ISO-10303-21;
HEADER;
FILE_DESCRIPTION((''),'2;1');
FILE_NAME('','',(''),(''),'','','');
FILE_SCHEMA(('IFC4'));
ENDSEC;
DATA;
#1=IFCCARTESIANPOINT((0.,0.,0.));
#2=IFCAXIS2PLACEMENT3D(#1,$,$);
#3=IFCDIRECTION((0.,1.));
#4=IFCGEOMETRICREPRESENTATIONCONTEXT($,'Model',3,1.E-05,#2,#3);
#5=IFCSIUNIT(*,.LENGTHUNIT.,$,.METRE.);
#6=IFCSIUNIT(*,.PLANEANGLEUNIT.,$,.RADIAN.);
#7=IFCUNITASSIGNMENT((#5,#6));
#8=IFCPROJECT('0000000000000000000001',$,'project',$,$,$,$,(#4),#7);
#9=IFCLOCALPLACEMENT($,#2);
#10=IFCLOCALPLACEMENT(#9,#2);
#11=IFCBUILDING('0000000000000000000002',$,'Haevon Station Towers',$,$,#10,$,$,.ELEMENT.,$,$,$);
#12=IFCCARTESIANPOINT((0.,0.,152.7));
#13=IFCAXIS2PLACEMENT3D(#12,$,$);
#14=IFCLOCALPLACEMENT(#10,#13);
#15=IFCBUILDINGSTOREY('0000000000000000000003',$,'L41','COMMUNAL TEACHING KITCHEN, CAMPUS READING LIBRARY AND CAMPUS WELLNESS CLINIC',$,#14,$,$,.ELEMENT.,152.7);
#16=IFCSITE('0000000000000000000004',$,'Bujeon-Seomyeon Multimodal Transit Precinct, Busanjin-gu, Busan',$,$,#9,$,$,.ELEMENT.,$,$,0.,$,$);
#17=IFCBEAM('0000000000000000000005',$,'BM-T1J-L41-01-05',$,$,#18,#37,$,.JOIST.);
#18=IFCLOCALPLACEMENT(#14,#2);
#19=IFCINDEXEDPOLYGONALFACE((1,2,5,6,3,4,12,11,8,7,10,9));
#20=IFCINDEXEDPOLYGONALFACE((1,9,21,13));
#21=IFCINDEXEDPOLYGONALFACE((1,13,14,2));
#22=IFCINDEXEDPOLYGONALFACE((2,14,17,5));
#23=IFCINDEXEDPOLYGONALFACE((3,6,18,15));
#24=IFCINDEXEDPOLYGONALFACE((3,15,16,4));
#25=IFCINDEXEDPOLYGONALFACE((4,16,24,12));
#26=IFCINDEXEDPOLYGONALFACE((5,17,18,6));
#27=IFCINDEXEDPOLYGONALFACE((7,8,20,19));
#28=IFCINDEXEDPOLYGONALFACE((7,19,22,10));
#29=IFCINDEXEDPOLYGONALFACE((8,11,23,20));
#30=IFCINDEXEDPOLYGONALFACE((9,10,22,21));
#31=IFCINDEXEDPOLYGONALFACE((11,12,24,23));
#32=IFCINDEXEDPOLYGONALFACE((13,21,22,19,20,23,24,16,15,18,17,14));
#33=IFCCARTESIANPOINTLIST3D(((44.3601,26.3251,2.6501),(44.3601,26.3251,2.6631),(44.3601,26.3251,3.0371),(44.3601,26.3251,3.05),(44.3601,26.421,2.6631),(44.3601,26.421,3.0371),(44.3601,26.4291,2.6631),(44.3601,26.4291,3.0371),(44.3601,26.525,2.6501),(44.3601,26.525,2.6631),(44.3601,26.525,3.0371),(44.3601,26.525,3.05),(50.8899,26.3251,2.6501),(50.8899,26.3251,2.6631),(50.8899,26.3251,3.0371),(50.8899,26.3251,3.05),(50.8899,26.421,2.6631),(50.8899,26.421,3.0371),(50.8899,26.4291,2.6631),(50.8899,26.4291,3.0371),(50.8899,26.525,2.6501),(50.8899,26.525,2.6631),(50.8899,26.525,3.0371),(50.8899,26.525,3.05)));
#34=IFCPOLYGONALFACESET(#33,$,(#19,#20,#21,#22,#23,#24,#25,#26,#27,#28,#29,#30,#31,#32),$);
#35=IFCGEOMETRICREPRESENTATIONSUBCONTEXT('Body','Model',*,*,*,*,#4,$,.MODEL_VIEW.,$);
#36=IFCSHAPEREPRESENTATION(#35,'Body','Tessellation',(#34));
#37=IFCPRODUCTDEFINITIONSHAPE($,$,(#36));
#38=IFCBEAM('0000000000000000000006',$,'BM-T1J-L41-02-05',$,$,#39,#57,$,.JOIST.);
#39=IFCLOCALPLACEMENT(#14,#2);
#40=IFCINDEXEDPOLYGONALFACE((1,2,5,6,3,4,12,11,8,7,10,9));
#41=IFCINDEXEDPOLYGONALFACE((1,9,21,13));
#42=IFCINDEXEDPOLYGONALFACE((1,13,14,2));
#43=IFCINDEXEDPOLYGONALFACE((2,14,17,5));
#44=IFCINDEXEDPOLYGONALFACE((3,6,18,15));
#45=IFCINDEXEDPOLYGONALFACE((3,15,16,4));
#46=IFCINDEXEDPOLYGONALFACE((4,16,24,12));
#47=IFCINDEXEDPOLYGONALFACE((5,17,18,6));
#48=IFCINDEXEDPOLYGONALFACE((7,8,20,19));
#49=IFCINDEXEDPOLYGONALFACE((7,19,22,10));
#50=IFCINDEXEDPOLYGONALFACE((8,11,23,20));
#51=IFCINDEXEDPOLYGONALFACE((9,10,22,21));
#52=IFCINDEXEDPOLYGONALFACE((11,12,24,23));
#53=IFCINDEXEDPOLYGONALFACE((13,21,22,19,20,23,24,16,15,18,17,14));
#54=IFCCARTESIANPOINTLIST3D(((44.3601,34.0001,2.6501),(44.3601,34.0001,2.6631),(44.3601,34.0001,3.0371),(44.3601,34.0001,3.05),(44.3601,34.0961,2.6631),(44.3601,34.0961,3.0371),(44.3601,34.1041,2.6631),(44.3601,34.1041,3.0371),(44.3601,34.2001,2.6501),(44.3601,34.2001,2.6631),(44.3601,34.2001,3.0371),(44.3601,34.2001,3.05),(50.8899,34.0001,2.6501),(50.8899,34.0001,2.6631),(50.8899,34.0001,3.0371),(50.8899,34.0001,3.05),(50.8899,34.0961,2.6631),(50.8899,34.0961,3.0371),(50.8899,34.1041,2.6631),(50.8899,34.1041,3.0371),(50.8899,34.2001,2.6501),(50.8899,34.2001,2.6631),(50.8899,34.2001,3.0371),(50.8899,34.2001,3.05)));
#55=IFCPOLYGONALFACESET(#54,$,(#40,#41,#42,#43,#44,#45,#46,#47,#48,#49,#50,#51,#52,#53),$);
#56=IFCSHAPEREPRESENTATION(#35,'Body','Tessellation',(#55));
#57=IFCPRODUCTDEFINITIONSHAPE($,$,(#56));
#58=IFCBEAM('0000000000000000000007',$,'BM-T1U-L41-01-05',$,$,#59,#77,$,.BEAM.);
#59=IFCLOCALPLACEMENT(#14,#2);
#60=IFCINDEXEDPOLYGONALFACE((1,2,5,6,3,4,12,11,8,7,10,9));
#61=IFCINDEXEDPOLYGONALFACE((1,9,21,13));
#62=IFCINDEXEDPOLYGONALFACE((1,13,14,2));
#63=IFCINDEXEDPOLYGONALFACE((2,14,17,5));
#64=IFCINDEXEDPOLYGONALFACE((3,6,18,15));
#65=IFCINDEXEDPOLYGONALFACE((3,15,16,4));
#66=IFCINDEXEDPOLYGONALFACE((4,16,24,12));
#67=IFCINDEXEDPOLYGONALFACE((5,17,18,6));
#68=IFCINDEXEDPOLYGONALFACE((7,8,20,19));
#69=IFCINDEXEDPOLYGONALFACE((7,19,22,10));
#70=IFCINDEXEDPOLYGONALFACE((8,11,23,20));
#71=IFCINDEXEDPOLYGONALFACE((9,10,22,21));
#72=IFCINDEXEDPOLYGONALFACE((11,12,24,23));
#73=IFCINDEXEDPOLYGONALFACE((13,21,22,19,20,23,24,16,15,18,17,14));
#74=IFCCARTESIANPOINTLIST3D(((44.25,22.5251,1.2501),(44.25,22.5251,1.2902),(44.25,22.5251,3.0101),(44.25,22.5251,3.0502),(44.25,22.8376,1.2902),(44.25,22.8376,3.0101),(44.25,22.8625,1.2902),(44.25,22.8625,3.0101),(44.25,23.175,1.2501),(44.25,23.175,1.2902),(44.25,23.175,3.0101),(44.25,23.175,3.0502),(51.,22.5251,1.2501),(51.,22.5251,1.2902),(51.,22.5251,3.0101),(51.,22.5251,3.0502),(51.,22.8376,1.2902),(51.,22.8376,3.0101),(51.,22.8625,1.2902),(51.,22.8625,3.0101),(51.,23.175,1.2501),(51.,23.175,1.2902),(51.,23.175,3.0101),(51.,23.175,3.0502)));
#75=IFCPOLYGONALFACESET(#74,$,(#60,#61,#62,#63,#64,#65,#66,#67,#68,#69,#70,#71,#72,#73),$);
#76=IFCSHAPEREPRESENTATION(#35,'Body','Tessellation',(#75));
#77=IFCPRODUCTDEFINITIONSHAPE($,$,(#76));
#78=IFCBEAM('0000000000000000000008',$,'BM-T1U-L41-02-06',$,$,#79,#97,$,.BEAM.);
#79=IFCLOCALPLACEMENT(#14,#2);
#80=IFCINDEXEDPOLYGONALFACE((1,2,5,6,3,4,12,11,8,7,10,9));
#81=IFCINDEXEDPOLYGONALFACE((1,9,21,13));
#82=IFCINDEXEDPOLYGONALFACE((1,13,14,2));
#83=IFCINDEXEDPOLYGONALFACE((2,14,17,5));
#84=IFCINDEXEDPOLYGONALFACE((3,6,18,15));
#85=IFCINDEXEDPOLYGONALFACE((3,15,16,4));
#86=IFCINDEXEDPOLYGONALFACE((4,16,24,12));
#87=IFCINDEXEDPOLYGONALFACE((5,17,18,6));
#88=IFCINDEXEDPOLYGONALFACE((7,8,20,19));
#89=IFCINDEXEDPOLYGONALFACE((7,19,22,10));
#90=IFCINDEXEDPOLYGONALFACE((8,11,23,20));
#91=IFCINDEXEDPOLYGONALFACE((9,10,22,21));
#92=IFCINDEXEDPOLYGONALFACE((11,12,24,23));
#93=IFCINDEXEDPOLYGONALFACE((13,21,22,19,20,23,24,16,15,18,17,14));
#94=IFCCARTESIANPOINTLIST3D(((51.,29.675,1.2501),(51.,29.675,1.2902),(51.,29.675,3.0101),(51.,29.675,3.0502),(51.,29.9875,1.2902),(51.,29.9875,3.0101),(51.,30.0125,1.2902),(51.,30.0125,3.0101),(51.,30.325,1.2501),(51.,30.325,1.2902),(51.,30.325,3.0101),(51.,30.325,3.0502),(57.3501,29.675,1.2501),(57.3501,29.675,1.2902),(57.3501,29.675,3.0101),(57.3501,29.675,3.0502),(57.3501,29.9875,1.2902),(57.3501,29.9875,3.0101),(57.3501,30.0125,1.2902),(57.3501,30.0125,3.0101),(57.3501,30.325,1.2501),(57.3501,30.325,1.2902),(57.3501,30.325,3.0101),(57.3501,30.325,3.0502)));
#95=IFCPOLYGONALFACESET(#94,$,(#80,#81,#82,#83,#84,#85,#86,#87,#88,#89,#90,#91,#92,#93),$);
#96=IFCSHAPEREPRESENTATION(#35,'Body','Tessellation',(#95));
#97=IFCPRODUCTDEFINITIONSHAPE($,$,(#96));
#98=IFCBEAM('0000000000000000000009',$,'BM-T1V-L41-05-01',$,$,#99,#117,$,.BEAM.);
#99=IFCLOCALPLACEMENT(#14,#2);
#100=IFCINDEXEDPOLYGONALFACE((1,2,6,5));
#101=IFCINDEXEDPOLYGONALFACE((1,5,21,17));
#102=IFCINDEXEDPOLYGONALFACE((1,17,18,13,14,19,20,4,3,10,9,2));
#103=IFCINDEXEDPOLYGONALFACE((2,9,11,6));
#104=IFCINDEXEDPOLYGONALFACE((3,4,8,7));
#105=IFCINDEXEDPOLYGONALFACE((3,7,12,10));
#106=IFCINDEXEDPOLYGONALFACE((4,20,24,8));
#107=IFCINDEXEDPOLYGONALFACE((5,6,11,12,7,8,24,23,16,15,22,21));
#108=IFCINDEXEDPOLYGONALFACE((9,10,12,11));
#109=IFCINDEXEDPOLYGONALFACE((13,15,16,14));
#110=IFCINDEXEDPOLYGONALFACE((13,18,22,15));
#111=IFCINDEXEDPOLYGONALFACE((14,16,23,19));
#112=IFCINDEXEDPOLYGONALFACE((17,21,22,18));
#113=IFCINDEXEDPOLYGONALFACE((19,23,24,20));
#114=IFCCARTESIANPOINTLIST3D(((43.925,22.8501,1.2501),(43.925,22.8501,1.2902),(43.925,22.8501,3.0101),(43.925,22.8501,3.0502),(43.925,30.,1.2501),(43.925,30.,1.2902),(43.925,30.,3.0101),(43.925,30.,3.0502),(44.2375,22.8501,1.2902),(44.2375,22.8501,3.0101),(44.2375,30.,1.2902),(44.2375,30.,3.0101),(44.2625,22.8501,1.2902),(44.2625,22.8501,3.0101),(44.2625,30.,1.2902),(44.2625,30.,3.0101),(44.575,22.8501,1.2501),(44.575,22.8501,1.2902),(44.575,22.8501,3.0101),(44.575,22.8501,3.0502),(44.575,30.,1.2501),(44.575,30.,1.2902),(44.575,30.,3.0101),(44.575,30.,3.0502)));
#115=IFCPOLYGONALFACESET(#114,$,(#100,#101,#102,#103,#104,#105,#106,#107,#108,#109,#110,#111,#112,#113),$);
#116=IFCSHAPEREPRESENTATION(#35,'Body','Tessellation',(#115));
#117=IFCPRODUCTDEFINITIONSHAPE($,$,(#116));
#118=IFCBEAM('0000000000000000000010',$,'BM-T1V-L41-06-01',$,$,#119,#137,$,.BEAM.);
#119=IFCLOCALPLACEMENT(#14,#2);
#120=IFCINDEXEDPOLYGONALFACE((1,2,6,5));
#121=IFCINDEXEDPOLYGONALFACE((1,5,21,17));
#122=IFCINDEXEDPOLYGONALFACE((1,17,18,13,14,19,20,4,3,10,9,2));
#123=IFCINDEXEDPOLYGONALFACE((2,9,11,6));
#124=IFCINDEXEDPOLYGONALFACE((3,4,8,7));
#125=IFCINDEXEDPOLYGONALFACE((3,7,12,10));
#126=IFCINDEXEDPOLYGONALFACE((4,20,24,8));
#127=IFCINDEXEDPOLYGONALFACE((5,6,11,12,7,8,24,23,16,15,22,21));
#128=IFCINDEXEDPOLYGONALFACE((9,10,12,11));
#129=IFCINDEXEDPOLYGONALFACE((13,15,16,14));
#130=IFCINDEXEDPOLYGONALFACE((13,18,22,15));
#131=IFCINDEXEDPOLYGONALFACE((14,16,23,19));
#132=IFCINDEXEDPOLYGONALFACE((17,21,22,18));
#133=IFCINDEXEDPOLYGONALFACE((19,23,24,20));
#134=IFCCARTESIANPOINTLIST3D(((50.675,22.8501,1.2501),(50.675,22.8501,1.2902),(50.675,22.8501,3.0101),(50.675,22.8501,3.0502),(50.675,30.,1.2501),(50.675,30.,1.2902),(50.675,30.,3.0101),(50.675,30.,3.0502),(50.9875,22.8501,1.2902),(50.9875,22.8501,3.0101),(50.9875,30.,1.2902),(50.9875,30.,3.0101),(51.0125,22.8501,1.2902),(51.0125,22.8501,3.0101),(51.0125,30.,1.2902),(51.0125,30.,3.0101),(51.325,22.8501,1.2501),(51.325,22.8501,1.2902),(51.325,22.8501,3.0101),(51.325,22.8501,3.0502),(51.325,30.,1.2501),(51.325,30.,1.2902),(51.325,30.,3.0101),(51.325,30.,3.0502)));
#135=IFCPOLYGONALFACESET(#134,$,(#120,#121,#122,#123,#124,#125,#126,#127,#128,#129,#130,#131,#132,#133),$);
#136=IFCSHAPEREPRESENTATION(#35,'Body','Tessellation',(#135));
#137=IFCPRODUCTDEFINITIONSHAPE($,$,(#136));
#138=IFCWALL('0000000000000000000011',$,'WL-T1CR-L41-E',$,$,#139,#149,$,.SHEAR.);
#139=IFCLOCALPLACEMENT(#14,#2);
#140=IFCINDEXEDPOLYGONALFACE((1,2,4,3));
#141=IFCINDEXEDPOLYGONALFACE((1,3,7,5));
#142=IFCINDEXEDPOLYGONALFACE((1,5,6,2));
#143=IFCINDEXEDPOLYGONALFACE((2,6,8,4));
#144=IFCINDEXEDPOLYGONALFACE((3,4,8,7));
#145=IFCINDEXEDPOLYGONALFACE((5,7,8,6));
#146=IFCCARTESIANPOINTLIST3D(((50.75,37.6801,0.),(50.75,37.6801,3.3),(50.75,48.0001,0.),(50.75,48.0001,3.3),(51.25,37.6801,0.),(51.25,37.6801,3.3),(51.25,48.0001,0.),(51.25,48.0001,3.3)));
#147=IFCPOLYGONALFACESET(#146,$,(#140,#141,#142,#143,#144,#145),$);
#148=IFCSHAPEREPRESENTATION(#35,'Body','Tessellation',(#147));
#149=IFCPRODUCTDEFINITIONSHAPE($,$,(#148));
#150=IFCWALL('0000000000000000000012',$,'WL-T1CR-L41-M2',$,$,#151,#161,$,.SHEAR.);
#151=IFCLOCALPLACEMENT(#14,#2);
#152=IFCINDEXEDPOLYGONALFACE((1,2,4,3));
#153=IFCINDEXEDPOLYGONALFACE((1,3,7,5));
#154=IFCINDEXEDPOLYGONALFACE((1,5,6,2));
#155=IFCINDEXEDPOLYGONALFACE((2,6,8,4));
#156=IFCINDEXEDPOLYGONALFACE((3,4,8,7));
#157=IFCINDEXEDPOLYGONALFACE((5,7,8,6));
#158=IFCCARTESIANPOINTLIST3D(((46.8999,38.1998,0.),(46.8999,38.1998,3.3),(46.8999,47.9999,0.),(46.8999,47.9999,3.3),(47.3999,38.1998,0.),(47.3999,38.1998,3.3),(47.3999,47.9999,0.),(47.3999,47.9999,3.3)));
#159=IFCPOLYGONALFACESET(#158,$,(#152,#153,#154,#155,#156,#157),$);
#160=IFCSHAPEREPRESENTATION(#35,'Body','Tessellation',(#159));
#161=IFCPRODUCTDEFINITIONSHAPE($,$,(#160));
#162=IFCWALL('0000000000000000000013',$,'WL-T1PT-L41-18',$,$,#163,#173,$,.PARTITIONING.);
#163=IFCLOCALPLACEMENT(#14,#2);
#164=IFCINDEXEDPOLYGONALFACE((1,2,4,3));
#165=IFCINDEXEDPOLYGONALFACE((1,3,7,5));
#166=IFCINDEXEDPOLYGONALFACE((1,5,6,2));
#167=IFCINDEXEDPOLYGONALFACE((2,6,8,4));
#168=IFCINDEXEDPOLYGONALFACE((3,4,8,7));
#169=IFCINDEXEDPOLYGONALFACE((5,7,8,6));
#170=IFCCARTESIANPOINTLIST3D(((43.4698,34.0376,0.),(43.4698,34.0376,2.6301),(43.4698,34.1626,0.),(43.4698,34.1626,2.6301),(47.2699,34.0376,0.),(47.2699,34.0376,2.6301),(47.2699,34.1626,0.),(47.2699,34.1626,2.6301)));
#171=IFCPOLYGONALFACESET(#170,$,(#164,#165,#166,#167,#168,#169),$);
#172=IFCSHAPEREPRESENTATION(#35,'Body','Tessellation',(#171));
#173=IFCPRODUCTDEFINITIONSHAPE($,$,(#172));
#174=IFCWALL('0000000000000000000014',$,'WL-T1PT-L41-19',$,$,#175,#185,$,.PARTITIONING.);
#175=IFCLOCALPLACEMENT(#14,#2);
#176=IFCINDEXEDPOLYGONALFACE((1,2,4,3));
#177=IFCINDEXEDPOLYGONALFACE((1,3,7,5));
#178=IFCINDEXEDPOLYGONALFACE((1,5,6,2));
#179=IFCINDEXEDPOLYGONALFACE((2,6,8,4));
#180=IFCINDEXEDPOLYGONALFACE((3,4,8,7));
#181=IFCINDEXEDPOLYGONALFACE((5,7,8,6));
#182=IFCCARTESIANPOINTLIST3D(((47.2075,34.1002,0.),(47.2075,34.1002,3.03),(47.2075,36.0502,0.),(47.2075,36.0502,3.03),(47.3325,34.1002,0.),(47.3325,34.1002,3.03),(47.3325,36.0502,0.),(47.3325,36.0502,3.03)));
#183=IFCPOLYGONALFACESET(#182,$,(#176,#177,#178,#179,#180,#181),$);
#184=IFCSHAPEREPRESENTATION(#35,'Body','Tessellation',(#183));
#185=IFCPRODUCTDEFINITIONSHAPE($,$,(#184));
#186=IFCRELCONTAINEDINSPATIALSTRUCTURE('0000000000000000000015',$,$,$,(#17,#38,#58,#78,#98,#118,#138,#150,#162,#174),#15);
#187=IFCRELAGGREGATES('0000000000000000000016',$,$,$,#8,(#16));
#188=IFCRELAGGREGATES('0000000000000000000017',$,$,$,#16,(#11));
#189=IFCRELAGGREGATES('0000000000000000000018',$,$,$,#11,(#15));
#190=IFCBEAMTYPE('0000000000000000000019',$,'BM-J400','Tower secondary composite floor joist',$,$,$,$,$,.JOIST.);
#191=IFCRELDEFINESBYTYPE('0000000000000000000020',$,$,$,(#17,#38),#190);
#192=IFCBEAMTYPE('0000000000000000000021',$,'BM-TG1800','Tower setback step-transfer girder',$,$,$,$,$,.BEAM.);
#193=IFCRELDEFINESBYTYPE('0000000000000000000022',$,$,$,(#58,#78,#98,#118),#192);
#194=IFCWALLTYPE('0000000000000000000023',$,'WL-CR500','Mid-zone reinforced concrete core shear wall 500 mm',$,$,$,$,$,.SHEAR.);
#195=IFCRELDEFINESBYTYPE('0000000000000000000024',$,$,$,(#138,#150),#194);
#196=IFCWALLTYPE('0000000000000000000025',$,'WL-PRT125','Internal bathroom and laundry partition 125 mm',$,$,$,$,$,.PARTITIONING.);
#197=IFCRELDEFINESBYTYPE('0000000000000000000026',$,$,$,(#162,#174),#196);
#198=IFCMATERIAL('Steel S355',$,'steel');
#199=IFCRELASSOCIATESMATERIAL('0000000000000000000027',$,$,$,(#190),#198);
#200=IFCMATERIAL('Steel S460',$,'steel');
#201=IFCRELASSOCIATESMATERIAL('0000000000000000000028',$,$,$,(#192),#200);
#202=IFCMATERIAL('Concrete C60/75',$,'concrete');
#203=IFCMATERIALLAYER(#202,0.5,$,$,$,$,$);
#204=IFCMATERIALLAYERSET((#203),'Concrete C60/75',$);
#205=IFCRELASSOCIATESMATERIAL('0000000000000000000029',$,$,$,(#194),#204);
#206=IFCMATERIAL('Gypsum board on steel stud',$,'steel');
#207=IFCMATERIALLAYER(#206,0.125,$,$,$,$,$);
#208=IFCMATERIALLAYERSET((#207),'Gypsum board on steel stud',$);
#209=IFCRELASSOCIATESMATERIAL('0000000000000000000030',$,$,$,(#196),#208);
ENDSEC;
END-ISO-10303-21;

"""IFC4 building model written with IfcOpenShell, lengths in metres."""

from ifc_helpers import new_model, si_unit, direction, frame, frame_2d, origin, origin_2d, place, context, subcontext, project, spatial, rectangle, i_section, extrude, material, layer, layer_set, material_profile, profile_set, type_object, element, save


model = new_model("IFC4")

# Units and contexts
model_context = context("Model", 3, precision=1e-05, world=origin(), true_north=direction((0.0, 1.0)))
body_context = subcontext(model_context, "Body", "Model", "MODEL_VIEW")
ifc_project = project(units=[si_unit("LENGTHUNIT", "METRE"), si_unit("PLANEANGLEUNIT", "RADIAN")], contexts=[model_context])

# Site, building, storey
site_placement = place(None, origin())
site = spatial("IfcSite", under=ifc_project, at=site_placement, Name="Bujeon-Seomyeon Multimodal Transit Precinct, Busanjin-gu, Busan", CompositionType="ELEMENT", RefElevation=0.0)
building_placement = place(site_placement, origin())
building = spatial("IfcBuilding", under=site, at=building_placement, Name="Haevon Station Towers", CompositionType="ELEMENT")
storey_placement = place(building_placement, frame((0.0, 0.0, 152.7)))
storey = spatial("IfcBuildingStorey", under=building, at=storey_placement, Name="L41", Description="COMMUNAL TEACHING KITCHEN, CAMPUS READING LIBRARY AND CAMPUS WELLNESS CLINIC", CompositionType="ELEMENT", Elevation=152.7)

# Shared definitions
ifc_material_1 = material(Name="Steel S355", Category="steel")

# Beams
ifc_material_profile_1 = material_profile(ifc_material_1, i_section(OverallWidth=0.2, OverallDepth=0.3999, WebThickness=0.0081, FlangeThickness=0.0129, at=origin_2d()), Name="H-400x200x8x13")
ifc_profile_set_1 = profile_set([ifc_material_profile_1], Name="Steel S355")
beam_type_1 = type_object("IfcBeamType", Name="BM-J400", Description="Tower secondary composite floor joist", PredefinedType="JOIST", material=ifc_profile_set_1)
for number, where, z_axis, x_axis, name in (
    (1, (44.3601, 26.425, 2.8501), (1.0, 0.0, 0.0), (0.0, 1.0, 0.0), "BM-T1J-L41-01-05"),
    (2, (44.3601, 34.1001, 2.8501), (1.0, 0.0, 0.0), (0.0, 1.0, 0.0), "BM-T1J-L41-02-05"),
):
    element("IfcBeam", number, at=place(storey_placement, frame(where, z_axis=z_axis, x_axis=x_axis)), inside=storey, type_object=beam_type_1, Name=name, PredefinedType="JOIST", context=body_context, shape_type="SweptSolid", body=[
        extrude(i_section(OverallWidth=0.2, OverallDepth=0.3999, WebThickness=0.0081, FlangeThickness=0.0129, at=origin_2d()), origin(), (0.0, 0.0, 1.0), 6.5298),
    ])
ifc_material_2 = material(Name="Steel S460", Category="steel")
ifc_material_profile_2 = material_profile(ifc_material_2, i_section(OverallWidth=0.6499, OverallDepth=1.8, WebThickness=0.0249, FlangeThickness=0.04, at=origin_2d()), Name="H-1800x650x25x40")
ifc_profile_set_2 = profile_set([ifc_material_profile_2], Name="Steel S460")
beam_type_2 = type_object("IfcBeamType", Name="BM-TG1800", Description="Tower setback step-transfer girder", PredefinedType="BEAM", material=ifc_profile_set_2)
beam_1_placement = place(storey_placement, frame((44.25, 22.8501, 2.1501), z_axis=(1.0, 0.0, 0.0), x_axis=(0.0, 1.0, 0.0)))
element("IfcBeam", 3, at=beam_1_placement, inside=storey, type_object=beam_type_2, Name="BM-T1U-L41-01-05", PredefinedType="BEAM", context=body_context, shape_type="SweptSolid", body=[
    extrude(i_section(OverallWidth=0.6499, OverallDepth=1.8, WebThickness=0.0249, FlangeThickness=0.04, at=origin_2d()), origin(), (0.0, 0.0, 1.0), 6.75),
])
beam_2_placement = place(storey_placement, frame((51.0, 30.0, 2.1501), z_axis=(1.0, 0.0, 0.0), x_axis=(0.0, 1.0, 0.0)))
element("IfcBeam", 4, at=beam_2_placement, inside=storey, type_object=beam_type_2, Name="BM-T1U-L41-02-06", PredefinedType="BEAM", context=body_context, shape_type="SweptSolid", body=[
    extrude(i_section(OverallWidth=0.6499, OverallDepth=1.8, WebThickness=0.0249, FlangeThickness=0.04, at=origin_2d()), origin(), (0.0, 0.0, 1.0), 6.3501),
])
for number, where, z_axis, x_axis, name in (
    (5, (44.25, 22.8501, 2.1501), (0.0, 1.0, 0.0), (-1.0, 0.0, 0.0), "BM-T1V-L41-05-01"),
    (6, (51.0, 22.8501, 2.1501), (0.0, 1.0, 0.0), (-1.0, 0.0, 0.0), "BM-T1V-L41-06-01"),
):
    element("IfcBeam", number, at=place(storey_placement, frame(where, z_axis=z_axis, x_axis=x_axis)), inside=storey, type_object=beam_type_2, Name=name, PredefinedType="BEAM", context=body_context, shape_type="SweptSolid", body=[
        extrude(i_section(OverallWidth=0.6499, OverallDepth=1.8, WebThickness=0.0249, FlangeThickness=0.04, at=origin_2d()), origin(), (0.0, 0.0, 1.0), 7.1499),
    ])

# Walls
ifc_material_3 = material(Name="Concrete C60/75", Category="concrete")
ifc_layer_1 = layer(ifc_material_3, 0.5)
ifc_layer_set_1 = layer_set([ifc_layer_1], Name="Concrete C60/75")
wall_type_1 = type_object("IfcWallType", Name="WL-CR500", Description="Mid-zone reinforced concrete core shear wall 500 mm", PredefinedType="SHEAR", material=ifc_layer_set_1)
wall_1_placement = place(storey_placement, frame((51.0, 37.6799, 0.0), z_axis=(0.0, 0.0, 1.0), x_axis=(0.0, 1.0, 0.0)))
element("IfcWall", 7, at=wall_1_placement, inside=storey, type_object=wall_type_1, Name="WL-T1CR-L41-E", PredefinedType="SHEAR", context=body_context, shape_type="SweptSolid", body=[
    extrude(rectangle(XDim=10.3201, YDim=0.5, at=frame_2d((5.1602, 0.0))), origin(), (0.0, 0.0, 1.0), 3.3),
])
wall_2_placement = place(storey_placement, frame((47.1499, 38.2, 0.0), z_axis=(0.0, 0.0, 1.0), x_axis=(0.0, 1.0, 0.0)))
element("IfcWall", 8, at=wall_2_placement, inside=storey, type_object=wall_type_1, Name="WL-T1CR-L41-M2", PredefinedType="SHEAR", context=body_context, shape_type="SweptSolid", body=[
    extrude(rectangle(XDim=9.8, YDim=0.5, at=frame_2d((4.8999, 0.0))), origin(), (0.0, 0.0, 1.0), 3.3),
])
ifc_material_4 = material(Name="Gypsum board on steel stud", Category="steel")
ifc_layer_2 = layer(ifc_material_4, 0.125)
ifc_layer_set_2 = layer_set([ifc_layer_2], Name="Gypsum board on steel stud")
wall_type_2 = type_object("IfcWallType", Name="WL-PRT125", Description="Internal bathroom and laundry partition 125 mm", PredefinedType="PARTITIONING", material=ifc_layer_set_2)
wall_3_placement = place(storey_placement, frame((43.47, 34.1001, 0.0), z_axis=(0.0, 0.0, 1.0), x_axis=(1.0, 0.0, 0.0)))
element("IfcWall", 9, at=wall_3_placement, inside=storey, type_object=wall_type_2, Name="WL-T1PT-L41-18", PredefinedType="PARTITIONING", context=body_context, shape_type="SweptSolid", body=[
    extrude(rectangle(XDim=3.8, YDim=0.125, at=frame_2d((1.8999, 0.0))), origin(), (0.0, 0.0, 1.0), 2.6301),
])
wall_4_placement = place(storey_placement, frame((47.27, 34.1001, 0.0), z_axis=(0.0, 0.0, 1.0), x_axis=(0.0, 1.0, 0.0)))
element("IfcWall", 10, at=wall_4_placement, inside=storey, type_object=wall_type_2, Name="WL-T1PT-L41-19", PredefinedType="PARTITIONING", context=body_context, shape_type="SweptSolid", body=[
    extrude(rectangle(XDim=1.95, YDim=0.125, at=frame_2d((0.9751, 0.0))), origin(), (0.0, 0.0, 1.0), 3.03),
])

save(model, "model.ifc")
